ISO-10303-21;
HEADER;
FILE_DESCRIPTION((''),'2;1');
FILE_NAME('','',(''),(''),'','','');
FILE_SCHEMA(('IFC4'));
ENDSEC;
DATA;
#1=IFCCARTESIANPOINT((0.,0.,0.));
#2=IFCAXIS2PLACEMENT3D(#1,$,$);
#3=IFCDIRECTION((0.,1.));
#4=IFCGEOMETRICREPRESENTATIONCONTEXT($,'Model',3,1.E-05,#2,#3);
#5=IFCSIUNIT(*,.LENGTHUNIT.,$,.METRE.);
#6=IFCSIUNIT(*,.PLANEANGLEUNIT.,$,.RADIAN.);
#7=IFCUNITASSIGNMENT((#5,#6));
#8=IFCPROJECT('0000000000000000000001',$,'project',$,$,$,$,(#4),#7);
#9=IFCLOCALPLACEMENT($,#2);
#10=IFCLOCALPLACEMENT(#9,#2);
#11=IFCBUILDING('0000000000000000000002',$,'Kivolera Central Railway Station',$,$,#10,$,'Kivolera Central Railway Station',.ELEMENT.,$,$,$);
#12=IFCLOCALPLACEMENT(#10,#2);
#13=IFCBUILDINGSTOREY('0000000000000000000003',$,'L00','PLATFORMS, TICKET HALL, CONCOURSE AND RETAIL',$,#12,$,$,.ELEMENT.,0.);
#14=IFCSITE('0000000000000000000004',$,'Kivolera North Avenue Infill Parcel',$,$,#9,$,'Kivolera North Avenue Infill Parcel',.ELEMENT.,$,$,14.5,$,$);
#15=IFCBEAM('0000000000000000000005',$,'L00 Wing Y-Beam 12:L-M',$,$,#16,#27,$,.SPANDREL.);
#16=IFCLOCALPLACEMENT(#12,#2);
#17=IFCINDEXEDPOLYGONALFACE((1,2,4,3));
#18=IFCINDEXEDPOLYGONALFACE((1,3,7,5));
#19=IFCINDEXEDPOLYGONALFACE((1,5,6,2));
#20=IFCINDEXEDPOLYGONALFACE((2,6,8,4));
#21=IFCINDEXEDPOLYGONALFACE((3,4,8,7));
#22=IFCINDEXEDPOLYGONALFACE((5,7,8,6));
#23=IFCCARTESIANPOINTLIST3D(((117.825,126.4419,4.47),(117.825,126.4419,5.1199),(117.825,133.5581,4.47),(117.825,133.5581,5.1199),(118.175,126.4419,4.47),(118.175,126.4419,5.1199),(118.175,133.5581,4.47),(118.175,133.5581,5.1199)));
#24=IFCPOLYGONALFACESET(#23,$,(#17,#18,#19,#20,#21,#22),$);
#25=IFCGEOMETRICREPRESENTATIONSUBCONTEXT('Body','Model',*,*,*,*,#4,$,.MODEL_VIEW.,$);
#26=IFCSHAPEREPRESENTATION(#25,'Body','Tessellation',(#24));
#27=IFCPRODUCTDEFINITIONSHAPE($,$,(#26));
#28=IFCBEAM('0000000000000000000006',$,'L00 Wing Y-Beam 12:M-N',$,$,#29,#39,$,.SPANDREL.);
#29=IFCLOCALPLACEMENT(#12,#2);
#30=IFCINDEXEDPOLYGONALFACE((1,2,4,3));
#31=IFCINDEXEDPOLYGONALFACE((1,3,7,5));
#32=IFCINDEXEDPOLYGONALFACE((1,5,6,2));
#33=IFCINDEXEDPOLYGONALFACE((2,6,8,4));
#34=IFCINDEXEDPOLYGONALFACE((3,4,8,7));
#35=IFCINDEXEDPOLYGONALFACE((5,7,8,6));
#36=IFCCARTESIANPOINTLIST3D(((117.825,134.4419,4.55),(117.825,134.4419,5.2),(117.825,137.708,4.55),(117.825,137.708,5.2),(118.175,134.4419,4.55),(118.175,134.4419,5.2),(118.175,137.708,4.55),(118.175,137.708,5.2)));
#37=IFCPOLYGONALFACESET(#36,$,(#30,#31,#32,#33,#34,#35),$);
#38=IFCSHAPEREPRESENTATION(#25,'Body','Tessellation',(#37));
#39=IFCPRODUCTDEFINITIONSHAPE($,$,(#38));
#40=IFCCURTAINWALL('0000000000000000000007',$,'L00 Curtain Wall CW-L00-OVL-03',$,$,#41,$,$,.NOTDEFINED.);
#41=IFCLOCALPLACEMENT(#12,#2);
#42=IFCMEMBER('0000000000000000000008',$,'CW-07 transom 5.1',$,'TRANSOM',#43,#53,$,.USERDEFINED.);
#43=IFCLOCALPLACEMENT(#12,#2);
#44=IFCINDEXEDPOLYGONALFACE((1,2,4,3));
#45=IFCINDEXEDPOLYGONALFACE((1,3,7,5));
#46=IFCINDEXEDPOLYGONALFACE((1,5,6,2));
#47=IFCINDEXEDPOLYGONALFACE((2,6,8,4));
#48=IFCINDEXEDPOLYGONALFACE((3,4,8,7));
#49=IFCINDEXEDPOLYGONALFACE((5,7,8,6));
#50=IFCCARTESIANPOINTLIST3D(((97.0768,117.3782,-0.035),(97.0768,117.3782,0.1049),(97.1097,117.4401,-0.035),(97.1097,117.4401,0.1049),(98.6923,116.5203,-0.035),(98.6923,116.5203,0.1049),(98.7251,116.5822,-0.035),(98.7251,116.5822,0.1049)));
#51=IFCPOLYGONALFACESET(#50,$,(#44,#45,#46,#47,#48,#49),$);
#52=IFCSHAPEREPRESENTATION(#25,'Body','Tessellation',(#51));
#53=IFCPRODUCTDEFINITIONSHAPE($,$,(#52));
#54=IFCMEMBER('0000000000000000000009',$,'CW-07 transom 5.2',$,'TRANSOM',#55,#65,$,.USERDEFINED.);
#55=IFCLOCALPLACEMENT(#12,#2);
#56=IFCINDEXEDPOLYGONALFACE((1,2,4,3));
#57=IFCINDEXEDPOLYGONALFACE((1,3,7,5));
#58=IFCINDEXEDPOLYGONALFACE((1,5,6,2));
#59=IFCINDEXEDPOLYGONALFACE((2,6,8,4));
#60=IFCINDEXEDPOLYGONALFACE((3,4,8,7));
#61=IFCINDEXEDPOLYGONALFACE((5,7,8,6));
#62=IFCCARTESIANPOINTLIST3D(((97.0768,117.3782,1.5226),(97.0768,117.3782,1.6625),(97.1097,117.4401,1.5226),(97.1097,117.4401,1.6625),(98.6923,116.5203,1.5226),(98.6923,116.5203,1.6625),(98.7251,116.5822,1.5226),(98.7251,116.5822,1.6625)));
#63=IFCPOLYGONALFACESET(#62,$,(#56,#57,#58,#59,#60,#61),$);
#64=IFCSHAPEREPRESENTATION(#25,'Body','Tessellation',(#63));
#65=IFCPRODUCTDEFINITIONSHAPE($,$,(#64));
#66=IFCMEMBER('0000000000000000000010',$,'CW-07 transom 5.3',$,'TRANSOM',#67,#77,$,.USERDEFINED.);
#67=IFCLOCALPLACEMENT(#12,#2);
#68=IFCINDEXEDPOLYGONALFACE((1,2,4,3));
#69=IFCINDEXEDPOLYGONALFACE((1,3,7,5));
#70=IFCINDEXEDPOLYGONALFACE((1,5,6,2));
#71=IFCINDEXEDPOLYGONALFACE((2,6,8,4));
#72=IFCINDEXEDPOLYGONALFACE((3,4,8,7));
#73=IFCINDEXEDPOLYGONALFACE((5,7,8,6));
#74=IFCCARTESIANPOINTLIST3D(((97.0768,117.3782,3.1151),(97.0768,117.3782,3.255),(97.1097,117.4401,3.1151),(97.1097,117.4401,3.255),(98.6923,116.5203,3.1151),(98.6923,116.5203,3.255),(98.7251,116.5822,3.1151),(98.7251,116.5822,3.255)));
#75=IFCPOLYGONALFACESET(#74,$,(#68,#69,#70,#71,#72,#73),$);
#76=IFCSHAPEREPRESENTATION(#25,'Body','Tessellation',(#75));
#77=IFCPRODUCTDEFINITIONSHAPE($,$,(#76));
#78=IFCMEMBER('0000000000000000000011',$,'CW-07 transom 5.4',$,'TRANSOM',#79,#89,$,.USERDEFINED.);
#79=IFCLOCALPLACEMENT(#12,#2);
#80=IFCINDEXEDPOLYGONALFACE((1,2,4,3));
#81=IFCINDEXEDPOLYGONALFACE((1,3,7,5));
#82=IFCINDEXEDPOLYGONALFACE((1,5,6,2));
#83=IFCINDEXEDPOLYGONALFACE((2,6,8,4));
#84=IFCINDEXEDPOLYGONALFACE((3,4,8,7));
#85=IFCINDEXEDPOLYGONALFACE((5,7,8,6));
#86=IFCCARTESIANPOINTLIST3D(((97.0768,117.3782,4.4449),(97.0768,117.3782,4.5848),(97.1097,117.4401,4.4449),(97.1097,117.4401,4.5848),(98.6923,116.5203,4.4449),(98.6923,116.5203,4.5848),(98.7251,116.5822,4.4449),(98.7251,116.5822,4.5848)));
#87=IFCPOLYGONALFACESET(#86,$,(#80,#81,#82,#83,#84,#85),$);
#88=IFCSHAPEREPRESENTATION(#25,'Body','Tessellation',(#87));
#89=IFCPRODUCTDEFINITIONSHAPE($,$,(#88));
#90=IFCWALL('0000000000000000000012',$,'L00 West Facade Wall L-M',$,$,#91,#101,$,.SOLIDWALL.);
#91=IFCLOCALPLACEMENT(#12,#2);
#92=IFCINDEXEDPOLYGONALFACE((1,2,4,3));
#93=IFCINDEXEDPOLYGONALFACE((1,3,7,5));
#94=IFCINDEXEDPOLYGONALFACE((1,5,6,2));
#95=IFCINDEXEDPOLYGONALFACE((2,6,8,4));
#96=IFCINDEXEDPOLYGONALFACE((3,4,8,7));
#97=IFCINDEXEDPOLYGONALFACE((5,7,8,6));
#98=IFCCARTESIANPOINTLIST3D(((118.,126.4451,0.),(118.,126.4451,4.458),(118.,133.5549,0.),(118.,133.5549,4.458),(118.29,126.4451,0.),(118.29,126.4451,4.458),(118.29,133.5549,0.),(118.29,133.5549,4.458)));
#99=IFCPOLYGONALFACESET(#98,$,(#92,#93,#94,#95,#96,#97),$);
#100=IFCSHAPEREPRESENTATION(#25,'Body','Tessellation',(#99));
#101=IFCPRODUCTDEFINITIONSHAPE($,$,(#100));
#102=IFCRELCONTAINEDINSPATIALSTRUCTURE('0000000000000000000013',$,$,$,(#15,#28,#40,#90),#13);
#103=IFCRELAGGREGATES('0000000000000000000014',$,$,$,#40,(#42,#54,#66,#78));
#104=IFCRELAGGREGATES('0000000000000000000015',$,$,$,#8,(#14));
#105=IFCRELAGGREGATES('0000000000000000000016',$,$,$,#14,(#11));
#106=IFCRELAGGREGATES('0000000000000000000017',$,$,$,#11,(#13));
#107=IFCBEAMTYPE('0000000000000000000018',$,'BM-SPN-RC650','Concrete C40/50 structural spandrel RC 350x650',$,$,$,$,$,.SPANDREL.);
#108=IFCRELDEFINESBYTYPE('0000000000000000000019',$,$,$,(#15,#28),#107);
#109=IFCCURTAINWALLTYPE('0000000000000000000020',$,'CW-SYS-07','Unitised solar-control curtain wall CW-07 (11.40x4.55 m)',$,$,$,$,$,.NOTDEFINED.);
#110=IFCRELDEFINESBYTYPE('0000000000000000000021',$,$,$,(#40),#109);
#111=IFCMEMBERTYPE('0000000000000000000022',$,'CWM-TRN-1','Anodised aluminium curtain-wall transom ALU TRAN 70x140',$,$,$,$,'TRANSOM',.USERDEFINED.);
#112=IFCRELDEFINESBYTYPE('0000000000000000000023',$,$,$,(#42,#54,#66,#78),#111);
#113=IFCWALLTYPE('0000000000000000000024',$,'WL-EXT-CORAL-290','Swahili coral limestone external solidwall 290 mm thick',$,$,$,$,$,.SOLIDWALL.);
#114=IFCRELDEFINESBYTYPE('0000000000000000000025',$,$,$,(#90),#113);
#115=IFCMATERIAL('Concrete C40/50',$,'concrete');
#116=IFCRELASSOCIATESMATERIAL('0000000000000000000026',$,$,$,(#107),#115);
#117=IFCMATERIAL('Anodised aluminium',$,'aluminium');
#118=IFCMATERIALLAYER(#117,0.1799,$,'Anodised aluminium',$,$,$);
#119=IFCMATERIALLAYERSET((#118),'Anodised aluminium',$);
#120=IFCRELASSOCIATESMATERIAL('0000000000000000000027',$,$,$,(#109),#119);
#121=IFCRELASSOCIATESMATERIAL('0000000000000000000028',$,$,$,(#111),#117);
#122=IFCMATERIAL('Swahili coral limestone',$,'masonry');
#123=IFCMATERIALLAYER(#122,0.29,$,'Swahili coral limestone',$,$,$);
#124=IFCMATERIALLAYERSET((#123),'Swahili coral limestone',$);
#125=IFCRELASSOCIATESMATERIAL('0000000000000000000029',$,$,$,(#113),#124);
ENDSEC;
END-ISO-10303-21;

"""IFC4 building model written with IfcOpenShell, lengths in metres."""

from ifc_helpers import new_model, si_unit, direction, frame, frame_2d, origin, origin_2d, place, context, subcontext, project, spatial, rectangle, extrude, material, layer, layer_set, material_profile, profile_set, type_object, element, aggregate, save


model = new_model("IFC4")

# Units and contexts
model_context = context("Model", 3, precision=1e-05, world=origin(), true_north=direction((0.0, 1.0)))
body_context = subcontext(model_context, "Body", "Model", "MODEL_VIEW")
ifc_project = project(units=[si_unit("LENGTHUNIT", "METRE"), si_unit("PLANEANGLEUNIT", "RADIAN")], contexts=[model_context])

# Site, building, storey
site_placement = place(None, origin())
site = spatial("IfcSite", under=ifc_project, at=site_placement, Name="Kivolera North Avenue Infill Parcel", LongName="Kivolera North Avenue Infill Parcel", CompositionType="ELEMENT", RefElevation=14.5)
building_placement = place(site_placement, origin())
building = spatial("IfcBuilding", under=site, at=building_placement, Name="Kivolera Central Railway Station", LongName="Kivolera Central Railway Station", CompositionType="ELEMENT")
storey_placement = place(building_placement, origin())
storey = spatial("IfcBuildingStorey", under=building, at=storey_placement, Name="L00", Description="PLATFORMS, TICKET HALL, CONCOURSE AND RETAIL", CompositionType="ELEMENT", Elevation=0.0)

# Shared definitions
ifc_material_1 = material(Name="Concrete C40/50", Category="concrete")

# Beams
ifc_material_profile_1 = material_profile(ifc_material_1, rectangle(XDim=0.3501, YDim=0.6499, at=origin_2d()), Name="RC 350x650")
ifc_profile_set_1 = profile_set([ifc_material_profile_1], Name="Concrete C40/50")
beam_type_1 = type_object("IfcBeamType", Name="BM-SPN-RC650", Description="Concrete C40/50 structural spandrel RC 350x650", PredefinedType="SPANDREL", material=ifc_profile_set_1)
beam_1_placement = place(storey_placement, frame((118.0, 126.4419, 4.7949), z_axis=(0.0, 1.0, 0.0), x_axis=(-1.0, 0.0, 0.0)))
element("IfcBeam", 1, at=beam_1_placement, inside=storey, type_object=beam_type_1, Name="L00 Wing Y-Beam 12:L-M", PredefinedType="SPANDREL", context=body_context, shape_type="SweptSolid", body=[
    extrude(rectangle(XDim=0.3501, YDim=0.6499, at=origin_2d()), origin(), (0.0, 0.0, 1.0), 7.1162),
])
beam_2_placement = place(storey_placement, frame((118.0, 134.4419, 4.875), z_axis=(0.0, 1.0, 0.0), x_axis=(-1.0, 0.0, 0.0)))
element("IfcBeam", 2, at=beam_2_placement, inside=storey, type_object=beam_type_1, Name="L00 Wing Y-Beam 12:M-N", PredefinedType="SPANDREL", context=body_context, shape_type="SweptSolid", body=[
    extrude(rectangle(XDim=0.3501, YDim=0.6499, at=origin_2d()), origin(), (0.0, 0.0, 1.0), 3.2661),
])

# Curtain wall, members
ifc_material_2 = material(Name="Anodised aluminium", Category="aluminium")
ifc_layer_1 = layer(ifc_material_2, 0.1799, Name="Anodised aluminium")
ifc_layer_set_1 = layer_set([ifc_layer_1], Name="Anodised aluminium")
curtain_wall_type = type_object("IfcCurtainWallType", Name="CW-SYS-07", Description="Unitised solar-control curtain wall CW-07 (11.40x4.55 m)", PredefinedType="NOTDEFINED", material=ifc_layer_set_1)
curtain_wall_placement = place(storey_placement, origin())
curtain_wall = element("IfcCurtainWall", 3, at=curtain_wall_placement, inside=storey, type_object=curtain_wall_type, Name="L00 Curtain Wall CW-L00-OVL-03", PredefinedType="NOTDEFINED")
ifc_material_profile_2 = material_profile(ifc_material_2, rectangle(XDim=0.0701, YDim=0.1399, at=origin_2d()), Name="ALU TRAN 70x140")
ifc_profile_set_2 = profile_set([ifc_material_profile_2], Name="Anodised aluminium")
member_type = type_object("IfcMemberType", Name="CWM-TRN-1", Description="Anodised aluminium curtain-wall transom ALU TRAN 70x140", ElementType="TRANSOM", PredefinedType="USERDEFINED", material=ifc_profile_set_2)
member_1_placement = place(storey_placement, frame((97.0933, 117.4092, 0.0349), z_axis=(0.883187, -0.469022, 0.0), x_axis=(0.469022, 0.883187, 0.0)))
member_1 = element("IfcMember", 4, at=member_1_placement, type_object=member_type, Name="CW-07 transom 5.1", ObjectType="TRANSOM", PredefinedType="USERDEFINED", context=body_context, shape_type="SweptSolid", body=[
    extrude(rectangle(XDim=0.0701, YDim=0.1399, at=origin_2d()), origin(), (0.0, 0.0, 1.0), 1.8291),
])
member_2_placement = place(storey_placement, frame((97.0933, 117.4092, 1.5925), z_axis=(0.883187, -0.469022, 0.0), x_axis=(0.469022, 0.883187, 0.0)))
member_2 = element("IfcMember", 5, at=member_2_placement, type_object=member_type, Name="CW-07 transom 5.2", ObjectType="TRANSOM", PredefinedType="USERDEFINED", context=body_context, shape_type="SweptSolid", body=[
    extrude(rectangle(XDim=0.0701, YDim=0.1399, at=origin_2d()), origin(), (0.0, 0.0, 1.0), 1.8291),
])
member_3_placement = place(storey_placement, frame((97.0933, 117.4092, 3.1851), z_axis=(0.883187, -0.469022, 0.0), x_axis=(0.469022, 0.883187, 0.0)))
member_3 = element("IfcMember", 6, at=member_3_placement, type_object=member_type, Name="CW-07 transom 5.3", ObjectType="TRANSOM", PredefinedType="USERDEFINED", context=body_context, shape_type="SweptSolid", body=[
    extrude(rectangle(XDim=0.0701, YDim=0.1399, at=origin_2d()), origin(), (0.0, 0.0, 1.0), 1.8291),
])
member_4_placement = place(storey_placement, frame((97.0933, 117.4092, 4.5149), z_axis=(0.883187, -0.469022, 0.0), x_axis=(0.469022, 0.883187, 0.0)))
member_4 = element("IfcMember", 7, at=member_4_placement, type_object=member_type, Name="CW-07 transom 5.4", ObjectType="TRANSOM", PredefinedType="USERDEFINED", context=body_context, shape_type="SweptSolid", body=[
    extrude(rectangle(XDim=0.0701, YDim=0.1399, at=origin_2d()), origin(), (0.0, 0.0, 1.0), 1.8291),
])
aggregate(curtain_wall, [member_1, member_2, member_3, member_4])

# Wall
ifc_material_3 = material(Name="Swahili coral limestone", Category="masonry")
ifc_layer_2 = layer(ifc_material_3, 0.29, Name="Swahili coral limestone")
ifc_layer_set_2 = layer_set([ifc_layer_2], Name="Swahili coral limestone")
wall_type = type_object("IfcWallType", Name="WL-EXT-CORAL-290", Description="Swahili coral limestone external solidwall 290 mm thick", PredefinedType="SOLIDWALL", material=ifc_layer_set_2)
wall_placement = place(storey_placement, frame((118.145, 126.4451, 0.0), z_axis=(0.0, 0.0, 1.0), x_axis=(0.0, 1.0, 0.0)))
element("IfcWall", 8, at=wall_placement, inside=storey, type_object=wall_type, Name="L00 West Facade Wall L-M", PredefinedType="SOLIDWALL", context=body_context, shape_type="SweptSolid", body=[
    extrude(rectangle(XDim=7.1099, YDim=0.29, at=frame_2d((3.5549, 0.0))), origin(), (0.0, 0.0, 1.0), 4.458),
])

save(model, "model.ifc")
